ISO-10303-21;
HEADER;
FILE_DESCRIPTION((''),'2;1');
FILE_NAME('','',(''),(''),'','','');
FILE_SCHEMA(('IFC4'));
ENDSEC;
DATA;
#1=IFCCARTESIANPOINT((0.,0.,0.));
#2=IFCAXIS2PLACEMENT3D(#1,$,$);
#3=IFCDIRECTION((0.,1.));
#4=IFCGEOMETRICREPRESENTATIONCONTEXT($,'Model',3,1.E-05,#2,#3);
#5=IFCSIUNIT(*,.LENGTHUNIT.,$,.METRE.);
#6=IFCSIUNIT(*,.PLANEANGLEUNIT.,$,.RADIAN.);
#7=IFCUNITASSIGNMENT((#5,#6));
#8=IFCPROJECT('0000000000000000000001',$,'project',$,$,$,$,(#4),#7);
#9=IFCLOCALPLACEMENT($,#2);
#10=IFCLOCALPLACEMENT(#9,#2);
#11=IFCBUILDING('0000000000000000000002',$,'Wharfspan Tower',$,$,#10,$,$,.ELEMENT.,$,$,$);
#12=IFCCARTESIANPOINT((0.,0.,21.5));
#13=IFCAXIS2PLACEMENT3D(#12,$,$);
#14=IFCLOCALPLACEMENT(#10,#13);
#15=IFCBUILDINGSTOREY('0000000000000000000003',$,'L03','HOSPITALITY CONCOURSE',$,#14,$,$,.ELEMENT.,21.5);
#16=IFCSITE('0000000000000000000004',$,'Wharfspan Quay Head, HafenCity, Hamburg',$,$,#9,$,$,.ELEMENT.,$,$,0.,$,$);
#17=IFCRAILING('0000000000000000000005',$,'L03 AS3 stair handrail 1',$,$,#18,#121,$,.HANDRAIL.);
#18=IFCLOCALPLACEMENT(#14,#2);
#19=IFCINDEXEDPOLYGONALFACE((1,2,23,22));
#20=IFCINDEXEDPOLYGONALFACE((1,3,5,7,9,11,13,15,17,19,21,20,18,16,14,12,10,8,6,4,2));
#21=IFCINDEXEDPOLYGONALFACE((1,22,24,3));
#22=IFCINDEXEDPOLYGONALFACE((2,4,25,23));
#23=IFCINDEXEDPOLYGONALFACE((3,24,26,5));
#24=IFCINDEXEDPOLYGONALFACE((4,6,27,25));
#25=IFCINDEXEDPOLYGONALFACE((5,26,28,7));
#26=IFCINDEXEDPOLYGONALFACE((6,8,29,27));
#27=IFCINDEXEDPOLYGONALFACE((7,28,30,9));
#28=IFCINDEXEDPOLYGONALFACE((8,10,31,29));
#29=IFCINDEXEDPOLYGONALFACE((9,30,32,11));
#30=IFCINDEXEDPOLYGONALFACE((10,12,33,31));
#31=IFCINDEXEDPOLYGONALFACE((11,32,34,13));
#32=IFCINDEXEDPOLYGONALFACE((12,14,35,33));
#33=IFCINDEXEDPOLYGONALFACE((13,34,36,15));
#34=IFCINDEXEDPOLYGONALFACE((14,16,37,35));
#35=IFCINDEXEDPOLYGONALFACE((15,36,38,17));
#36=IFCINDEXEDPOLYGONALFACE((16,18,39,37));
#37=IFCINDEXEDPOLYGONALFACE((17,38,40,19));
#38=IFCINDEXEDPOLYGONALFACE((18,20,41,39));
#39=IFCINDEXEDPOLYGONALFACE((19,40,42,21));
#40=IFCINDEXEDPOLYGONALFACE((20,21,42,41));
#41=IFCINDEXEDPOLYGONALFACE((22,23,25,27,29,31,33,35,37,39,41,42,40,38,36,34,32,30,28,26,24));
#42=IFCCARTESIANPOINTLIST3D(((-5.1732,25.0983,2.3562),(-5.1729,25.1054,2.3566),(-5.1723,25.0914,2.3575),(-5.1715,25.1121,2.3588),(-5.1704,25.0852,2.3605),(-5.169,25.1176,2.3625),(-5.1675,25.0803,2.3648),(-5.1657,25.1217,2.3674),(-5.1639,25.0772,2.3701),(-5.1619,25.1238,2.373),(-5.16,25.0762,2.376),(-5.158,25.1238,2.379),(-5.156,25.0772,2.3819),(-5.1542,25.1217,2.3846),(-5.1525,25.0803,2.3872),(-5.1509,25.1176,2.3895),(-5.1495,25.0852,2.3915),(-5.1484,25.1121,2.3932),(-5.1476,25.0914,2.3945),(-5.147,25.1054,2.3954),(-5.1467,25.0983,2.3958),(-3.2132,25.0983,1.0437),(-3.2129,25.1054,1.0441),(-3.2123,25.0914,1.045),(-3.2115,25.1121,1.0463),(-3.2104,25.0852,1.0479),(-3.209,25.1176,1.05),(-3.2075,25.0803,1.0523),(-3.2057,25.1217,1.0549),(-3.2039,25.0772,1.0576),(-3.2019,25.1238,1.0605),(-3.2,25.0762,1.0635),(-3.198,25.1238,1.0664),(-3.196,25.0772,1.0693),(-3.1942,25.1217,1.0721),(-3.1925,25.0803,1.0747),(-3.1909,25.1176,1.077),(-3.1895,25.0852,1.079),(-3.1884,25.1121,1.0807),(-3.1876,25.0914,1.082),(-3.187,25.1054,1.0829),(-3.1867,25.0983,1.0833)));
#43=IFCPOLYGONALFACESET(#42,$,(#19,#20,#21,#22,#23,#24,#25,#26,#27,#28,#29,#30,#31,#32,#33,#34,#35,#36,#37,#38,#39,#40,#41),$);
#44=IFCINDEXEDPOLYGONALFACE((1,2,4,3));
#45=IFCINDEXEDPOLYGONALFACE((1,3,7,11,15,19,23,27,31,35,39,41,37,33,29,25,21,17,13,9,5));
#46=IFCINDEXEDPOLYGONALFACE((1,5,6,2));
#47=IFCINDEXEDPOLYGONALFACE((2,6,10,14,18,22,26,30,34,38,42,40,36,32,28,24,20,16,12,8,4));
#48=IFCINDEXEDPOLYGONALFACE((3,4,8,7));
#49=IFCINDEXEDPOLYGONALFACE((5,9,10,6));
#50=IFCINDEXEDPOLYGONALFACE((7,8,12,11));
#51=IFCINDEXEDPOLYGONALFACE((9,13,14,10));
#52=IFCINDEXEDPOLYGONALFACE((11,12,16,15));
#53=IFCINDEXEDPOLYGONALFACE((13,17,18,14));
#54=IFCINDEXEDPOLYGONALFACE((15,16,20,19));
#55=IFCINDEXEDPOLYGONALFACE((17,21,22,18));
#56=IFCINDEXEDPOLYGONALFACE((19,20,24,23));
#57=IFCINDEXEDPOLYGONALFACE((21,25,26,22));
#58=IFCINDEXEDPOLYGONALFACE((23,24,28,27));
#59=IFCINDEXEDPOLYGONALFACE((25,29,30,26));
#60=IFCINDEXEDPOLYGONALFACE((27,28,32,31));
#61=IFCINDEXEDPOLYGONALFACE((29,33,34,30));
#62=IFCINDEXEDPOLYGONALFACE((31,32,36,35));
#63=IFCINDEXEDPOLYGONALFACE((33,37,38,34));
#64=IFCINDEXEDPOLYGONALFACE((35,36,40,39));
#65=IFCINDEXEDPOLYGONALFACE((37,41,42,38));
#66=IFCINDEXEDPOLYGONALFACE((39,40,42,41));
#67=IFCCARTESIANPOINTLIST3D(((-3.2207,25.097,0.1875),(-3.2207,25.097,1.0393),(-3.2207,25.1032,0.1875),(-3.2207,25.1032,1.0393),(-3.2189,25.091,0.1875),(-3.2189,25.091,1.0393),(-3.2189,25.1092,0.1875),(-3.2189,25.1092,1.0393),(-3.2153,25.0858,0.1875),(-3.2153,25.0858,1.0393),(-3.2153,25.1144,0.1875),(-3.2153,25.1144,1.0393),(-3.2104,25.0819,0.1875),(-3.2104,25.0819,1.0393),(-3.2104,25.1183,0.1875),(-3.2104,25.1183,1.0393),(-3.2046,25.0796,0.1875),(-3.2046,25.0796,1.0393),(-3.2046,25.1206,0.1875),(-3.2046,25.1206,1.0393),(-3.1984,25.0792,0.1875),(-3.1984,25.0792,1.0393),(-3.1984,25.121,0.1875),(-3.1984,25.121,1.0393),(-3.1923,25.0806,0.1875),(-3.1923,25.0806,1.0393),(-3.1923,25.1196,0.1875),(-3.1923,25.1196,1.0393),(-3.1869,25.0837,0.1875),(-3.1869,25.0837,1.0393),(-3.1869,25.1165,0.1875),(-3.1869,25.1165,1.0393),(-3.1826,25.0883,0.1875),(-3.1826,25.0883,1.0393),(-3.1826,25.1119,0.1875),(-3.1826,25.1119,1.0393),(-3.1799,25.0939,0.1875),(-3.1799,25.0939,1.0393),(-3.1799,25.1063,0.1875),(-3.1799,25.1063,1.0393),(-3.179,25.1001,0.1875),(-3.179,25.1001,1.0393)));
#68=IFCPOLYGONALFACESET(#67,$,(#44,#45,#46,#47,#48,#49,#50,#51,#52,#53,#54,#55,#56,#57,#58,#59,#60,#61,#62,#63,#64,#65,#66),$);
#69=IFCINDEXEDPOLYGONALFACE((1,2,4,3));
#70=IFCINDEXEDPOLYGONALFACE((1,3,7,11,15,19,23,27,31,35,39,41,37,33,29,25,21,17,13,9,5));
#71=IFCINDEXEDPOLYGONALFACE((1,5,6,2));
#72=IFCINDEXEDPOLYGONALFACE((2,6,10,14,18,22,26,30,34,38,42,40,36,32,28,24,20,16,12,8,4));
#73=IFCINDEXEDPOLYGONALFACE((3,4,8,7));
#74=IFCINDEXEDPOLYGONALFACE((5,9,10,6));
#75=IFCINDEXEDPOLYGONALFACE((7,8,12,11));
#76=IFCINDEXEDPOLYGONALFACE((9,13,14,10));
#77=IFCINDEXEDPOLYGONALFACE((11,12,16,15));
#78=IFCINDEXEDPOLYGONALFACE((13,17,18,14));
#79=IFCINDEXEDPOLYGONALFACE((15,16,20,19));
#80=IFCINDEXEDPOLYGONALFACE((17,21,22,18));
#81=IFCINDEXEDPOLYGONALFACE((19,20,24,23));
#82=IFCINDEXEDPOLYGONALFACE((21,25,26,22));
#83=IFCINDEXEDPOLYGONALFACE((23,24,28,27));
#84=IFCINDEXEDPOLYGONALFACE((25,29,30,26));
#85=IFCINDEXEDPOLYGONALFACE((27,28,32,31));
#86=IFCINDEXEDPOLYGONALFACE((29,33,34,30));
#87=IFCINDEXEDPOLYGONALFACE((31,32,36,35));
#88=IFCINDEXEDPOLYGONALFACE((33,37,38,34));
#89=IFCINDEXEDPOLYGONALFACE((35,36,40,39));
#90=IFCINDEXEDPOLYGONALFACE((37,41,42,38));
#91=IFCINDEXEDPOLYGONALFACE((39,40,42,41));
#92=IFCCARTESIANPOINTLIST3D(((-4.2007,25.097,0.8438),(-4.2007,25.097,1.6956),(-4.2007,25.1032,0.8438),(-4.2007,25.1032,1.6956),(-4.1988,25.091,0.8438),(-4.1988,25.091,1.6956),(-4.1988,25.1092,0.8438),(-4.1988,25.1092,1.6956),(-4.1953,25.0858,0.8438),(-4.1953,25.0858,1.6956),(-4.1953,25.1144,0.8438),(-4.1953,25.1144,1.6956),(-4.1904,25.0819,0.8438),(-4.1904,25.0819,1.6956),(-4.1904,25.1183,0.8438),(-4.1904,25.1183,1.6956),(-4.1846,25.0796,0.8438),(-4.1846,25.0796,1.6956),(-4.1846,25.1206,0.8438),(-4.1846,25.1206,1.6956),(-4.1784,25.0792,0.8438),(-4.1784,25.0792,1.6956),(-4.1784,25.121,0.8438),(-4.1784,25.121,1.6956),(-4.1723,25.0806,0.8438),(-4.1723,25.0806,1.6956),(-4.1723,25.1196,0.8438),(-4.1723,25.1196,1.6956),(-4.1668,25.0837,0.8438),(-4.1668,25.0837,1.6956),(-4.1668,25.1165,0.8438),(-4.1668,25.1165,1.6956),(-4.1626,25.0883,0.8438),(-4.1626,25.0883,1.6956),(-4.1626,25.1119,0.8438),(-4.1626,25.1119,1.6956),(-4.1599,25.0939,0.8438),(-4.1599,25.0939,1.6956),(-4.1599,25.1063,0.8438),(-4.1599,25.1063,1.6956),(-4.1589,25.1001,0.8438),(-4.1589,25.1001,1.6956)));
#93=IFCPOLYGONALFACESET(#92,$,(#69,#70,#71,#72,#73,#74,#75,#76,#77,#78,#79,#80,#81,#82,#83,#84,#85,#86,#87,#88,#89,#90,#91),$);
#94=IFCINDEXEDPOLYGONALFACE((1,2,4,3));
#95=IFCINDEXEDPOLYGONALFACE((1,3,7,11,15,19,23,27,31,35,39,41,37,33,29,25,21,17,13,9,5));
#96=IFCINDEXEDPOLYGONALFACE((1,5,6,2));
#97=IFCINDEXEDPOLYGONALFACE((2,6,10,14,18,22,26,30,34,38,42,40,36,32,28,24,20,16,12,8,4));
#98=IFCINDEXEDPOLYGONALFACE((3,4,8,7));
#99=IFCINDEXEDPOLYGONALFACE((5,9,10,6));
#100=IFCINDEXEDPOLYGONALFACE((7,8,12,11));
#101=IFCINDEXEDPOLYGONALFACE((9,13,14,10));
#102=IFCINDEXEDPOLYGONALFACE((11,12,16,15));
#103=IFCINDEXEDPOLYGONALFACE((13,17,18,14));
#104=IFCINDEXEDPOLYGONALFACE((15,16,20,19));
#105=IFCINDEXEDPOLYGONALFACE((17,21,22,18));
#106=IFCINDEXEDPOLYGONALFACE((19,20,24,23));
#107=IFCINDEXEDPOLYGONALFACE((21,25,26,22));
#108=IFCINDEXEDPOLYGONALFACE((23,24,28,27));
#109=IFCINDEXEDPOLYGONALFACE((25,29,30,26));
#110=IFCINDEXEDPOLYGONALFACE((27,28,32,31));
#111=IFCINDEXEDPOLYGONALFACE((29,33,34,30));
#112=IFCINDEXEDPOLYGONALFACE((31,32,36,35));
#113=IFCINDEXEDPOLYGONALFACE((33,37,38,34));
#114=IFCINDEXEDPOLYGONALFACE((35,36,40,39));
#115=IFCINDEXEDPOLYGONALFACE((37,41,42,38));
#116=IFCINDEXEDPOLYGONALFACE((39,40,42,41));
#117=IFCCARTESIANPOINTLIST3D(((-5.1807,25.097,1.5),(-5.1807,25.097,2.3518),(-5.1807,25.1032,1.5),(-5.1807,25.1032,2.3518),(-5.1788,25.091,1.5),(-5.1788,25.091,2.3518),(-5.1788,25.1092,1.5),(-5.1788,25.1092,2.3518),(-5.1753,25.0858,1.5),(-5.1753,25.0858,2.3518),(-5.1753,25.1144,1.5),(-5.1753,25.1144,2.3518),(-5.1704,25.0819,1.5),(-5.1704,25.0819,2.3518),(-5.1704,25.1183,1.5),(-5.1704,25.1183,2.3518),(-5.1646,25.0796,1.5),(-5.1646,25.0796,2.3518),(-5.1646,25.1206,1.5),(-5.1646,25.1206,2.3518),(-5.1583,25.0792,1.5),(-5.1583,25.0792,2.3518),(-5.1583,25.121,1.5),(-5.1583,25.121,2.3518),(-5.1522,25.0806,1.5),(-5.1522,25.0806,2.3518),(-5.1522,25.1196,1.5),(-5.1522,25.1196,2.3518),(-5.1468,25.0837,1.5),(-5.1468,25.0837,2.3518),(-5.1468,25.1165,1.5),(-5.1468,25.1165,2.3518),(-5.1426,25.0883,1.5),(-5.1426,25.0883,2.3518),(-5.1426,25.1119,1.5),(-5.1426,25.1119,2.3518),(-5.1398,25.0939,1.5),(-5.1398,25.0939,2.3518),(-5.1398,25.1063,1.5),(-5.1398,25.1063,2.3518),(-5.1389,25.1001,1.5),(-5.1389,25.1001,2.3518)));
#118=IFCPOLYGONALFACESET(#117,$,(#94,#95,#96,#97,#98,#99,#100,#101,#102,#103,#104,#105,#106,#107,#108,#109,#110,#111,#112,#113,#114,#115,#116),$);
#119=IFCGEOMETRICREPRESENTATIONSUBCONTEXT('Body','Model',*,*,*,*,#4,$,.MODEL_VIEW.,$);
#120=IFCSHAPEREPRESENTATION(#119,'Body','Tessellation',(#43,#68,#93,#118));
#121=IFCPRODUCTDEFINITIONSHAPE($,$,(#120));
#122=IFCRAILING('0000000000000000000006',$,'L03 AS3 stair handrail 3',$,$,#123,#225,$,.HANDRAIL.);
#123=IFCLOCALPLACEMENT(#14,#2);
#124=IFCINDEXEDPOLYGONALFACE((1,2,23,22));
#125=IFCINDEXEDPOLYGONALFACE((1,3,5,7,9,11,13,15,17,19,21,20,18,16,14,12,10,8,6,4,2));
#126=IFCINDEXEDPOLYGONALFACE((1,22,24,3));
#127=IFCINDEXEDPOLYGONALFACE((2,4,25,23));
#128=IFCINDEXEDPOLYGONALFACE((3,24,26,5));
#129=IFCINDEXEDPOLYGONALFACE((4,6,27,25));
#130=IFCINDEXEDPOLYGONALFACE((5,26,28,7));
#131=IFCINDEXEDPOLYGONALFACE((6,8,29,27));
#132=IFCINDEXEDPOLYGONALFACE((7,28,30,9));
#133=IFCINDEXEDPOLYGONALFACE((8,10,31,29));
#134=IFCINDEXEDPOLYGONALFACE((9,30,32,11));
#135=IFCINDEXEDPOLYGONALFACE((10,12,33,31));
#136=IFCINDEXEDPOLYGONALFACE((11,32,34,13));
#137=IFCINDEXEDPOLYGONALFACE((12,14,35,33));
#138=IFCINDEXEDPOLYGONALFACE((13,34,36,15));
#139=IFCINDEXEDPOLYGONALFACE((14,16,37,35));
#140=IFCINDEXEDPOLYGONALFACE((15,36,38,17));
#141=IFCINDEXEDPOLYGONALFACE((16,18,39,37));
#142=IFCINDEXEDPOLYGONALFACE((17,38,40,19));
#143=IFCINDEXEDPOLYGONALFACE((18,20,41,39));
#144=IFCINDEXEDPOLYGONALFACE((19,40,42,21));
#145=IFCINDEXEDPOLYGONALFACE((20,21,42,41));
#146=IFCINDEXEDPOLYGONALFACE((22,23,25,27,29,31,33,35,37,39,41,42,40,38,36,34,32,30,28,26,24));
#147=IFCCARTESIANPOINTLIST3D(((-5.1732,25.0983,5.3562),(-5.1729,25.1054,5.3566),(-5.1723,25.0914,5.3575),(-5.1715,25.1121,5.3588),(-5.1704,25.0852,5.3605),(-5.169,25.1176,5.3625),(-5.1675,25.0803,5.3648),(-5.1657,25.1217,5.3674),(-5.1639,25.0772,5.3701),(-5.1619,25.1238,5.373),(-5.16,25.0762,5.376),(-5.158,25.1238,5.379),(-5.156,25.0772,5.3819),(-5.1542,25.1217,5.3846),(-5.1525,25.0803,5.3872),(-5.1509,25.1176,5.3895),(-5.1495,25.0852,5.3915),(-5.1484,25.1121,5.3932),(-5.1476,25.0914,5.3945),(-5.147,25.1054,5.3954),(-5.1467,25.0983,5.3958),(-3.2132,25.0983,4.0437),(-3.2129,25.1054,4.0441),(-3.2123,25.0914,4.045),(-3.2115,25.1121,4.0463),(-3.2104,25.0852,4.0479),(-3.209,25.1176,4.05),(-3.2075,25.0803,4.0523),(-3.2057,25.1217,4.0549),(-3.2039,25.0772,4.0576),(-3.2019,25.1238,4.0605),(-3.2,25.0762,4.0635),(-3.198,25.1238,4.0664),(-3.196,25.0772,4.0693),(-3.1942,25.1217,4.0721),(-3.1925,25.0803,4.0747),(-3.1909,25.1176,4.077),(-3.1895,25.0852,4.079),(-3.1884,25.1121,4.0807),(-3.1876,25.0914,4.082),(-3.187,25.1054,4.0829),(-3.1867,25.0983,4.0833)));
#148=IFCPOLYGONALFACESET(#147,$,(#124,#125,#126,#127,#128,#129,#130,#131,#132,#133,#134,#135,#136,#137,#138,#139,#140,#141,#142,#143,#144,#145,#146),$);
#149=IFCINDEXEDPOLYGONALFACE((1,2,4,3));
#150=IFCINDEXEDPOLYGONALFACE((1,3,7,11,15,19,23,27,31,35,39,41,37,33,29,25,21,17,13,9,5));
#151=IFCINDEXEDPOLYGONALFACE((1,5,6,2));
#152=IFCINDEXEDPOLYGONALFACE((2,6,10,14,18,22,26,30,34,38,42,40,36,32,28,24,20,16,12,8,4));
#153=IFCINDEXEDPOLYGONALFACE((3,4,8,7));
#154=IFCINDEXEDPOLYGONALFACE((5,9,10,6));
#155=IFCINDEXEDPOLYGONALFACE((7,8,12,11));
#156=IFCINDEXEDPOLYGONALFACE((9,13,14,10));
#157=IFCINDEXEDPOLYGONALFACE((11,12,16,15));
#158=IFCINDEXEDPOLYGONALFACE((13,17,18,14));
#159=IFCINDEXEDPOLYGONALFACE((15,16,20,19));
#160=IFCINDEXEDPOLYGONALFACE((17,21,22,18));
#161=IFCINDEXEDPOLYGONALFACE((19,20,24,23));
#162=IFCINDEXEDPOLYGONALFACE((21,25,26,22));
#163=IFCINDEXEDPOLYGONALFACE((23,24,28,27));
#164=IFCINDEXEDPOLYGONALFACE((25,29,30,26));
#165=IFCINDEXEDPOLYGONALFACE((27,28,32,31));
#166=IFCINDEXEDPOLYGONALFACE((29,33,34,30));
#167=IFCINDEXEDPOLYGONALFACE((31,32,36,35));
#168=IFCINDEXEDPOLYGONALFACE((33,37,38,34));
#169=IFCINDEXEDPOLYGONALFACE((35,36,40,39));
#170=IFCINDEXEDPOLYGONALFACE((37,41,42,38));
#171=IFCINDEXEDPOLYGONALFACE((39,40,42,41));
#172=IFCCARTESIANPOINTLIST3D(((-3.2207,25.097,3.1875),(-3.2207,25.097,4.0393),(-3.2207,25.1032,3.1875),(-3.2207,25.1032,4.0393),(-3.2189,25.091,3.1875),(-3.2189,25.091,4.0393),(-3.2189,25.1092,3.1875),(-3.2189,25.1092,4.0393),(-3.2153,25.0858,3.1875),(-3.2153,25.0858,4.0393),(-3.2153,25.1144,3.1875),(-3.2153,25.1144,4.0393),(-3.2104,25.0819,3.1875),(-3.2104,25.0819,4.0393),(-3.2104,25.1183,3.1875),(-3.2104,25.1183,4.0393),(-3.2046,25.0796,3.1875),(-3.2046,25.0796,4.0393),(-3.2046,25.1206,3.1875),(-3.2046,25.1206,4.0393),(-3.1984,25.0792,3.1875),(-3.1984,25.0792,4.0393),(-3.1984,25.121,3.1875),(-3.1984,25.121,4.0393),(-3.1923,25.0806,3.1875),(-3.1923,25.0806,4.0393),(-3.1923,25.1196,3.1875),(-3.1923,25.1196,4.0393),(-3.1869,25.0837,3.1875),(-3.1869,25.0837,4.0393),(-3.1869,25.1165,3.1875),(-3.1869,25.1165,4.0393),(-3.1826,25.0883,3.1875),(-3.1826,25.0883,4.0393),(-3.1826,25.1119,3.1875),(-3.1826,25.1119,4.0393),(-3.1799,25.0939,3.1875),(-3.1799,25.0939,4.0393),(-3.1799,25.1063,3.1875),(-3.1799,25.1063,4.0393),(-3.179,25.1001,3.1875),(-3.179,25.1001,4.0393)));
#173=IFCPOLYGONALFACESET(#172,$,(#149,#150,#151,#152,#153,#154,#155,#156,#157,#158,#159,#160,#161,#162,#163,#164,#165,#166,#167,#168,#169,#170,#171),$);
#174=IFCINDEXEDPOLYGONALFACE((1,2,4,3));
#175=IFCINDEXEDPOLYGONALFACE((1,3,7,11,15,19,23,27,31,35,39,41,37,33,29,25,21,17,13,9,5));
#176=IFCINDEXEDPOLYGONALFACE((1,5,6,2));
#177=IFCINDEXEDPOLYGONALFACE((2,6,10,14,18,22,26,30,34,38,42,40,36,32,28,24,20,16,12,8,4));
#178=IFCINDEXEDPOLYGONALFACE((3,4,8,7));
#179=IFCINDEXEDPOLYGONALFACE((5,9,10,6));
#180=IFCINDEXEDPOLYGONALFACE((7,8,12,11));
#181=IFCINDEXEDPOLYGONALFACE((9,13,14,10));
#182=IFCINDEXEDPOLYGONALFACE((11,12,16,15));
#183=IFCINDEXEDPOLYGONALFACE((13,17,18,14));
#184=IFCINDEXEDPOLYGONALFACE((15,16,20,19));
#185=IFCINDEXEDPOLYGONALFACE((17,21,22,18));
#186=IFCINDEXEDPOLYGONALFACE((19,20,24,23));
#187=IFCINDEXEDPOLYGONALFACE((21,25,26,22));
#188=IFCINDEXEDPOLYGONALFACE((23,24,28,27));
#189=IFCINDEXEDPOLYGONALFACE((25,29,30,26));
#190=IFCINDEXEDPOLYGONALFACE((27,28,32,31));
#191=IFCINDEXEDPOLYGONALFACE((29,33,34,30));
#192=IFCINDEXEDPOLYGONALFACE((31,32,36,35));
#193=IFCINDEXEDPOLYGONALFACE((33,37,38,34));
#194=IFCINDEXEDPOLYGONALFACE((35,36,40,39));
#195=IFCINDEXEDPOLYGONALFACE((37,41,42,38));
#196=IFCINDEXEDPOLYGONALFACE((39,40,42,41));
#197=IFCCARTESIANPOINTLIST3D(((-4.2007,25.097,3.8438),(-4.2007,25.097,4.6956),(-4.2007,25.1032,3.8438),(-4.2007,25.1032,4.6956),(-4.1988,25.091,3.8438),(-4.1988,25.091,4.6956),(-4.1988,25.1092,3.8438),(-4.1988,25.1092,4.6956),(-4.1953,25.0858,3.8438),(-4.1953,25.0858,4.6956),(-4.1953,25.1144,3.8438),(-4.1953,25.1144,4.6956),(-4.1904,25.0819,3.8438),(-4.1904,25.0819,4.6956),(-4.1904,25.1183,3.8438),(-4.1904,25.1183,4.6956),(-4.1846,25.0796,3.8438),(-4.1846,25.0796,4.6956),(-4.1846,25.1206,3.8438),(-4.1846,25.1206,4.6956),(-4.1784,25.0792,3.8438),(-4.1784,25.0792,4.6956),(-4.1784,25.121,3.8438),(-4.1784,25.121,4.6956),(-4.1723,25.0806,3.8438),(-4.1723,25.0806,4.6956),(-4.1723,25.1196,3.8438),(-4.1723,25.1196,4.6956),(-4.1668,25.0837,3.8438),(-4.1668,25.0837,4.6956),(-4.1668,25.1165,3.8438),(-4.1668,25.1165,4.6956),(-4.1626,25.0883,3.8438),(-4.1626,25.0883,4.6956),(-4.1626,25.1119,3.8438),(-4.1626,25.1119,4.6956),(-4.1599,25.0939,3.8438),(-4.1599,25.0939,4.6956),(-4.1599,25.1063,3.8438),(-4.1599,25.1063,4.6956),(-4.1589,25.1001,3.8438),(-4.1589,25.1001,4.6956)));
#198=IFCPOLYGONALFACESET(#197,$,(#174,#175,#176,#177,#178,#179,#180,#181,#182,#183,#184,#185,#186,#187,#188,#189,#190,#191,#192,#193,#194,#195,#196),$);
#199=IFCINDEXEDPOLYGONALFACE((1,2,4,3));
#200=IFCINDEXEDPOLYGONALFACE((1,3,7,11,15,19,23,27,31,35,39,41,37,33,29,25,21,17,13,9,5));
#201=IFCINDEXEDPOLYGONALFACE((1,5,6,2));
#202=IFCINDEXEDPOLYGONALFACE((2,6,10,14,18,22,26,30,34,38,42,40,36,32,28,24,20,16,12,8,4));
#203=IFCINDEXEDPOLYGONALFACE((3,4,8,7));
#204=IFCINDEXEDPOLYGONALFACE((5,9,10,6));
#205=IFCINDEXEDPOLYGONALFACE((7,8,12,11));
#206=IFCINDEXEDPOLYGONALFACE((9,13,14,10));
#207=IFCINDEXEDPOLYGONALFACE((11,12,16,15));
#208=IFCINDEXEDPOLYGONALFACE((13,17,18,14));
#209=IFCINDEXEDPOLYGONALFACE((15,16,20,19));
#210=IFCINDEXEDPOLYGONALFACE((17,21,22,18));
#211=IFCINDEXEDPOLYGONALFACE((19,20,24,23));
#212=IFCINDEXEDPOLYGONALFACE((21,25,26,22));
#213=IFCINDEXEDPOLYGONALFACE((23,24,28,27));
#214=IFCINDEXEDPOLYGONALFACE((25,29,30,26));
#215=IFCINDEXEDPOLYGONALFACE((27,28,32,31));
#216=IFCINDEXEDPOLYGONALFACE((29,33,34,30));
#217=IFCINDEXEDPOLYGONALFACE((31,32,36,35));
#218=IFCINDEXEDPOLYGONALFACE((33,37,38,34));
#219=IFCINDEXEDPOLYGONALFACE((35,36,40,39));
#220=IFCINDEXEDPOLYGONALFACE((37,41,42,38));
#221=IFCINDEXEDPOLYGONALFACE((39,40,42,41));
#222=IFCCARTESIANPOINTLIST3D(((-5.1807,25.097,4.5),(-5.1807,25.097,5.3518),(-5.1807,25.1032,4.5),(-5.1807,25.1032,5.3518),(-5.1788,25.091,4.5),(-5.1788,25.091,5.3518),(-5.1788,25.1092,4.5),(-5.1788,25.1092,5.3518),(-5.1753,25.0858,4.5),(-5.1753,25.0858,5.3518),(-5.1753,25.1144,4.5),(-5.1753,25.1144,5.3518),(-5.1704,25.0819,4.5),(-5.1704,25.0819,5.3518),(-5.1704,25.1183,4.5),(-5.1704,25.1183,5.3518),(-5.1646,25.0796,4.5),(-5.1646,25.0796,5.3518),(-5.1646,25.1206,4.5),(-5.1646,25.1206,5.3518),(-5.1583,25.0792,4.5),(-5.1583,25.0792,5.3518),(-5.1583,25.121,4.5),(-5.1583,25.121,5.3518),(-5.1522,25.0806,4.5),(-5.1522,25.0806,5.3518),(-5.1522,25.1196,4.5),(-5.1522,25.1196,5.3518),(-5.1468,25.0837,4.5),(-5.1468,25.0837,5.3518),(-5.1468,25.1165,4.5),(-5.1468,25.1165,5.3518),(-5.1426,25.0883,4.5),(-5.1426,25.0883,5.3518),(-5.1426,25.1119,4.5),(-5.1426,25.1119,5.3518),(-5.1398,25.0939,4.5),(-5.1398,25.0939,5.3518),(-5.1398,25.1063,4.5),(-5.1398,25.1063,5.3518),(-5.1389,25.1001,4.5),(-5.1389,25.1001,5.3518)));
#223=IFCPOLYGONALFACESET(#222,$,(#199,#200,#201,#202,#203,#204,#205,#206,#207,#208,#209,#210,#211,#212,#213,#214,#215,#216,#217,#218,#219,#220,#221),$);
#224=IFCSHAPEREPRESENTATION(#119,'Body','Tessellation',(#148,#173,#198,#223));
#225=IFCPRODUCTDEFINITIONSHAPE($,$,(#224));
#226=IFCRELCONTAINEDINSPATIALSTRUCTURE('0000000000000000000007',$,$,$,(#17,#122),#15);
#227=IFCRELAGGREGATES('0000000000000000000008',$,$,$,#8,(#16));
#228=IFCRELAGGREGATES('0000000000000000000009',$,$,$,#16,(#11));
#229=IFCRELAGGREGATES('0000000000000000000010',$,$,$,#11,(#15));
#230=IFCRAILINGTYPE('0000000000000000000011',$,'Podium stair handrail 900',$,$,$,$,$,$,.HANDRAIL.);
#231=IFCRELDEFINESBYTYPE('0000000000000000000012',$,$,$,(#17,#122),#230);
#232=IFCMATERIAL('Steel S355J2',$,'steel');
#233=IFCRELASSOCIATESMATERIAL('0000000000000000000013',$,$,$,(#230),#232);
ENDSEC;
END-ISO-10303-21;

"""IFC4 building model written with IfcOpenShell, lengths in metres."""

from ifc_helpers import new_model, si_unit, direction, frame, origin, origin_2d, place, context, subcontext, project, spatial, circle, extrude, material, type_object, element, save


model = new_model("IFC4")

# Units and contexts
model_context = context("Model", 3, precision=1e-05, world=origin(), true_north=direction((0.0, 1.0)))
body_context = subcontext(model_context, "Body", "Model", "MODEL_VIEW")
ifc_project = project(units=[si_unit("LENGTHUNIT", "METRE"), si_unit("PLANEANGLEUNIT", "RADIAN")], contexts=[model_context])

# Site, building, storey
site_placement = place(None, origin())
site = spatial("IfcSite", under=ifc_project, at=site_placement, Name="Wharfspan Quay Head, HafenCity, Hamburg", CompositionType="ELEMENT", RefElevation=0.0)
building_placement = place(site_placement, origin())
building = spatial("IfcBuilding", under=site, at=building_placement, Name="Wharfspan Tower", CompositionType="ELEMENT")
storey_placement = place(building_placement, frame((0.0, 0.0, 21.5)))
storey = spatial("IfcBuildingStorey", under=building, at=storey_placement, Name="L03", Description="HOSPITALITY CONCOURSE", CompositionType="ELEMENT", Elevation=21.5)

# Railings
ifc_material_1 = material(Name="Steel S355J2", Category="steel")
railing_type_1 = type_object("IfcRailingType", Name="Podium stair handrail 900", PredefinedType="HANDRAIL", material=ifc_material_1)
for number, where, name in (
    (1, (-3.2, 25.1001, 0.1875), "L03 AS3 stair handrail 1"),
    (2, (-3.2, 25.1001, 3.1875), "L03 AS3 stair handrail 3"),
):
    element("IfcRailing", number, at=place(storey_placement, frame(where)), inside=storey, type_object=railing_type_1, Name=name, PredefinedType="HANDRAIL", context=body_context, shape_type="SweptSolid", body=[
        extrude(circle(Radius=0.0239, at=origin_2d()), frame((0.0, 0.0, 0.876), z_axis=(-0.830902, 0.0, 0.556419), x_axis=(0.0, -1.0, 0.0)), (0.0, 0.0, 1.0), 2.3589),
        extrude(circle(Radius=0.021, at=origin_2d()), origin(), (0.0, 0.0, 1.0), 0.8518),
        extrude(circle(Radius=0.021, at=origin_2d()), frame((-0.98, 0.0, 0.6562)), (0.0, 0.0, 1.0), 0.8518),
        extrude(circle(Radius=0.021, at=origin_2d()), frame((-1.96, 0.0, 1.3125)), (0.0, 0.0, 1.0), 0.8518),
    ])

save(model, "model.ifc")
